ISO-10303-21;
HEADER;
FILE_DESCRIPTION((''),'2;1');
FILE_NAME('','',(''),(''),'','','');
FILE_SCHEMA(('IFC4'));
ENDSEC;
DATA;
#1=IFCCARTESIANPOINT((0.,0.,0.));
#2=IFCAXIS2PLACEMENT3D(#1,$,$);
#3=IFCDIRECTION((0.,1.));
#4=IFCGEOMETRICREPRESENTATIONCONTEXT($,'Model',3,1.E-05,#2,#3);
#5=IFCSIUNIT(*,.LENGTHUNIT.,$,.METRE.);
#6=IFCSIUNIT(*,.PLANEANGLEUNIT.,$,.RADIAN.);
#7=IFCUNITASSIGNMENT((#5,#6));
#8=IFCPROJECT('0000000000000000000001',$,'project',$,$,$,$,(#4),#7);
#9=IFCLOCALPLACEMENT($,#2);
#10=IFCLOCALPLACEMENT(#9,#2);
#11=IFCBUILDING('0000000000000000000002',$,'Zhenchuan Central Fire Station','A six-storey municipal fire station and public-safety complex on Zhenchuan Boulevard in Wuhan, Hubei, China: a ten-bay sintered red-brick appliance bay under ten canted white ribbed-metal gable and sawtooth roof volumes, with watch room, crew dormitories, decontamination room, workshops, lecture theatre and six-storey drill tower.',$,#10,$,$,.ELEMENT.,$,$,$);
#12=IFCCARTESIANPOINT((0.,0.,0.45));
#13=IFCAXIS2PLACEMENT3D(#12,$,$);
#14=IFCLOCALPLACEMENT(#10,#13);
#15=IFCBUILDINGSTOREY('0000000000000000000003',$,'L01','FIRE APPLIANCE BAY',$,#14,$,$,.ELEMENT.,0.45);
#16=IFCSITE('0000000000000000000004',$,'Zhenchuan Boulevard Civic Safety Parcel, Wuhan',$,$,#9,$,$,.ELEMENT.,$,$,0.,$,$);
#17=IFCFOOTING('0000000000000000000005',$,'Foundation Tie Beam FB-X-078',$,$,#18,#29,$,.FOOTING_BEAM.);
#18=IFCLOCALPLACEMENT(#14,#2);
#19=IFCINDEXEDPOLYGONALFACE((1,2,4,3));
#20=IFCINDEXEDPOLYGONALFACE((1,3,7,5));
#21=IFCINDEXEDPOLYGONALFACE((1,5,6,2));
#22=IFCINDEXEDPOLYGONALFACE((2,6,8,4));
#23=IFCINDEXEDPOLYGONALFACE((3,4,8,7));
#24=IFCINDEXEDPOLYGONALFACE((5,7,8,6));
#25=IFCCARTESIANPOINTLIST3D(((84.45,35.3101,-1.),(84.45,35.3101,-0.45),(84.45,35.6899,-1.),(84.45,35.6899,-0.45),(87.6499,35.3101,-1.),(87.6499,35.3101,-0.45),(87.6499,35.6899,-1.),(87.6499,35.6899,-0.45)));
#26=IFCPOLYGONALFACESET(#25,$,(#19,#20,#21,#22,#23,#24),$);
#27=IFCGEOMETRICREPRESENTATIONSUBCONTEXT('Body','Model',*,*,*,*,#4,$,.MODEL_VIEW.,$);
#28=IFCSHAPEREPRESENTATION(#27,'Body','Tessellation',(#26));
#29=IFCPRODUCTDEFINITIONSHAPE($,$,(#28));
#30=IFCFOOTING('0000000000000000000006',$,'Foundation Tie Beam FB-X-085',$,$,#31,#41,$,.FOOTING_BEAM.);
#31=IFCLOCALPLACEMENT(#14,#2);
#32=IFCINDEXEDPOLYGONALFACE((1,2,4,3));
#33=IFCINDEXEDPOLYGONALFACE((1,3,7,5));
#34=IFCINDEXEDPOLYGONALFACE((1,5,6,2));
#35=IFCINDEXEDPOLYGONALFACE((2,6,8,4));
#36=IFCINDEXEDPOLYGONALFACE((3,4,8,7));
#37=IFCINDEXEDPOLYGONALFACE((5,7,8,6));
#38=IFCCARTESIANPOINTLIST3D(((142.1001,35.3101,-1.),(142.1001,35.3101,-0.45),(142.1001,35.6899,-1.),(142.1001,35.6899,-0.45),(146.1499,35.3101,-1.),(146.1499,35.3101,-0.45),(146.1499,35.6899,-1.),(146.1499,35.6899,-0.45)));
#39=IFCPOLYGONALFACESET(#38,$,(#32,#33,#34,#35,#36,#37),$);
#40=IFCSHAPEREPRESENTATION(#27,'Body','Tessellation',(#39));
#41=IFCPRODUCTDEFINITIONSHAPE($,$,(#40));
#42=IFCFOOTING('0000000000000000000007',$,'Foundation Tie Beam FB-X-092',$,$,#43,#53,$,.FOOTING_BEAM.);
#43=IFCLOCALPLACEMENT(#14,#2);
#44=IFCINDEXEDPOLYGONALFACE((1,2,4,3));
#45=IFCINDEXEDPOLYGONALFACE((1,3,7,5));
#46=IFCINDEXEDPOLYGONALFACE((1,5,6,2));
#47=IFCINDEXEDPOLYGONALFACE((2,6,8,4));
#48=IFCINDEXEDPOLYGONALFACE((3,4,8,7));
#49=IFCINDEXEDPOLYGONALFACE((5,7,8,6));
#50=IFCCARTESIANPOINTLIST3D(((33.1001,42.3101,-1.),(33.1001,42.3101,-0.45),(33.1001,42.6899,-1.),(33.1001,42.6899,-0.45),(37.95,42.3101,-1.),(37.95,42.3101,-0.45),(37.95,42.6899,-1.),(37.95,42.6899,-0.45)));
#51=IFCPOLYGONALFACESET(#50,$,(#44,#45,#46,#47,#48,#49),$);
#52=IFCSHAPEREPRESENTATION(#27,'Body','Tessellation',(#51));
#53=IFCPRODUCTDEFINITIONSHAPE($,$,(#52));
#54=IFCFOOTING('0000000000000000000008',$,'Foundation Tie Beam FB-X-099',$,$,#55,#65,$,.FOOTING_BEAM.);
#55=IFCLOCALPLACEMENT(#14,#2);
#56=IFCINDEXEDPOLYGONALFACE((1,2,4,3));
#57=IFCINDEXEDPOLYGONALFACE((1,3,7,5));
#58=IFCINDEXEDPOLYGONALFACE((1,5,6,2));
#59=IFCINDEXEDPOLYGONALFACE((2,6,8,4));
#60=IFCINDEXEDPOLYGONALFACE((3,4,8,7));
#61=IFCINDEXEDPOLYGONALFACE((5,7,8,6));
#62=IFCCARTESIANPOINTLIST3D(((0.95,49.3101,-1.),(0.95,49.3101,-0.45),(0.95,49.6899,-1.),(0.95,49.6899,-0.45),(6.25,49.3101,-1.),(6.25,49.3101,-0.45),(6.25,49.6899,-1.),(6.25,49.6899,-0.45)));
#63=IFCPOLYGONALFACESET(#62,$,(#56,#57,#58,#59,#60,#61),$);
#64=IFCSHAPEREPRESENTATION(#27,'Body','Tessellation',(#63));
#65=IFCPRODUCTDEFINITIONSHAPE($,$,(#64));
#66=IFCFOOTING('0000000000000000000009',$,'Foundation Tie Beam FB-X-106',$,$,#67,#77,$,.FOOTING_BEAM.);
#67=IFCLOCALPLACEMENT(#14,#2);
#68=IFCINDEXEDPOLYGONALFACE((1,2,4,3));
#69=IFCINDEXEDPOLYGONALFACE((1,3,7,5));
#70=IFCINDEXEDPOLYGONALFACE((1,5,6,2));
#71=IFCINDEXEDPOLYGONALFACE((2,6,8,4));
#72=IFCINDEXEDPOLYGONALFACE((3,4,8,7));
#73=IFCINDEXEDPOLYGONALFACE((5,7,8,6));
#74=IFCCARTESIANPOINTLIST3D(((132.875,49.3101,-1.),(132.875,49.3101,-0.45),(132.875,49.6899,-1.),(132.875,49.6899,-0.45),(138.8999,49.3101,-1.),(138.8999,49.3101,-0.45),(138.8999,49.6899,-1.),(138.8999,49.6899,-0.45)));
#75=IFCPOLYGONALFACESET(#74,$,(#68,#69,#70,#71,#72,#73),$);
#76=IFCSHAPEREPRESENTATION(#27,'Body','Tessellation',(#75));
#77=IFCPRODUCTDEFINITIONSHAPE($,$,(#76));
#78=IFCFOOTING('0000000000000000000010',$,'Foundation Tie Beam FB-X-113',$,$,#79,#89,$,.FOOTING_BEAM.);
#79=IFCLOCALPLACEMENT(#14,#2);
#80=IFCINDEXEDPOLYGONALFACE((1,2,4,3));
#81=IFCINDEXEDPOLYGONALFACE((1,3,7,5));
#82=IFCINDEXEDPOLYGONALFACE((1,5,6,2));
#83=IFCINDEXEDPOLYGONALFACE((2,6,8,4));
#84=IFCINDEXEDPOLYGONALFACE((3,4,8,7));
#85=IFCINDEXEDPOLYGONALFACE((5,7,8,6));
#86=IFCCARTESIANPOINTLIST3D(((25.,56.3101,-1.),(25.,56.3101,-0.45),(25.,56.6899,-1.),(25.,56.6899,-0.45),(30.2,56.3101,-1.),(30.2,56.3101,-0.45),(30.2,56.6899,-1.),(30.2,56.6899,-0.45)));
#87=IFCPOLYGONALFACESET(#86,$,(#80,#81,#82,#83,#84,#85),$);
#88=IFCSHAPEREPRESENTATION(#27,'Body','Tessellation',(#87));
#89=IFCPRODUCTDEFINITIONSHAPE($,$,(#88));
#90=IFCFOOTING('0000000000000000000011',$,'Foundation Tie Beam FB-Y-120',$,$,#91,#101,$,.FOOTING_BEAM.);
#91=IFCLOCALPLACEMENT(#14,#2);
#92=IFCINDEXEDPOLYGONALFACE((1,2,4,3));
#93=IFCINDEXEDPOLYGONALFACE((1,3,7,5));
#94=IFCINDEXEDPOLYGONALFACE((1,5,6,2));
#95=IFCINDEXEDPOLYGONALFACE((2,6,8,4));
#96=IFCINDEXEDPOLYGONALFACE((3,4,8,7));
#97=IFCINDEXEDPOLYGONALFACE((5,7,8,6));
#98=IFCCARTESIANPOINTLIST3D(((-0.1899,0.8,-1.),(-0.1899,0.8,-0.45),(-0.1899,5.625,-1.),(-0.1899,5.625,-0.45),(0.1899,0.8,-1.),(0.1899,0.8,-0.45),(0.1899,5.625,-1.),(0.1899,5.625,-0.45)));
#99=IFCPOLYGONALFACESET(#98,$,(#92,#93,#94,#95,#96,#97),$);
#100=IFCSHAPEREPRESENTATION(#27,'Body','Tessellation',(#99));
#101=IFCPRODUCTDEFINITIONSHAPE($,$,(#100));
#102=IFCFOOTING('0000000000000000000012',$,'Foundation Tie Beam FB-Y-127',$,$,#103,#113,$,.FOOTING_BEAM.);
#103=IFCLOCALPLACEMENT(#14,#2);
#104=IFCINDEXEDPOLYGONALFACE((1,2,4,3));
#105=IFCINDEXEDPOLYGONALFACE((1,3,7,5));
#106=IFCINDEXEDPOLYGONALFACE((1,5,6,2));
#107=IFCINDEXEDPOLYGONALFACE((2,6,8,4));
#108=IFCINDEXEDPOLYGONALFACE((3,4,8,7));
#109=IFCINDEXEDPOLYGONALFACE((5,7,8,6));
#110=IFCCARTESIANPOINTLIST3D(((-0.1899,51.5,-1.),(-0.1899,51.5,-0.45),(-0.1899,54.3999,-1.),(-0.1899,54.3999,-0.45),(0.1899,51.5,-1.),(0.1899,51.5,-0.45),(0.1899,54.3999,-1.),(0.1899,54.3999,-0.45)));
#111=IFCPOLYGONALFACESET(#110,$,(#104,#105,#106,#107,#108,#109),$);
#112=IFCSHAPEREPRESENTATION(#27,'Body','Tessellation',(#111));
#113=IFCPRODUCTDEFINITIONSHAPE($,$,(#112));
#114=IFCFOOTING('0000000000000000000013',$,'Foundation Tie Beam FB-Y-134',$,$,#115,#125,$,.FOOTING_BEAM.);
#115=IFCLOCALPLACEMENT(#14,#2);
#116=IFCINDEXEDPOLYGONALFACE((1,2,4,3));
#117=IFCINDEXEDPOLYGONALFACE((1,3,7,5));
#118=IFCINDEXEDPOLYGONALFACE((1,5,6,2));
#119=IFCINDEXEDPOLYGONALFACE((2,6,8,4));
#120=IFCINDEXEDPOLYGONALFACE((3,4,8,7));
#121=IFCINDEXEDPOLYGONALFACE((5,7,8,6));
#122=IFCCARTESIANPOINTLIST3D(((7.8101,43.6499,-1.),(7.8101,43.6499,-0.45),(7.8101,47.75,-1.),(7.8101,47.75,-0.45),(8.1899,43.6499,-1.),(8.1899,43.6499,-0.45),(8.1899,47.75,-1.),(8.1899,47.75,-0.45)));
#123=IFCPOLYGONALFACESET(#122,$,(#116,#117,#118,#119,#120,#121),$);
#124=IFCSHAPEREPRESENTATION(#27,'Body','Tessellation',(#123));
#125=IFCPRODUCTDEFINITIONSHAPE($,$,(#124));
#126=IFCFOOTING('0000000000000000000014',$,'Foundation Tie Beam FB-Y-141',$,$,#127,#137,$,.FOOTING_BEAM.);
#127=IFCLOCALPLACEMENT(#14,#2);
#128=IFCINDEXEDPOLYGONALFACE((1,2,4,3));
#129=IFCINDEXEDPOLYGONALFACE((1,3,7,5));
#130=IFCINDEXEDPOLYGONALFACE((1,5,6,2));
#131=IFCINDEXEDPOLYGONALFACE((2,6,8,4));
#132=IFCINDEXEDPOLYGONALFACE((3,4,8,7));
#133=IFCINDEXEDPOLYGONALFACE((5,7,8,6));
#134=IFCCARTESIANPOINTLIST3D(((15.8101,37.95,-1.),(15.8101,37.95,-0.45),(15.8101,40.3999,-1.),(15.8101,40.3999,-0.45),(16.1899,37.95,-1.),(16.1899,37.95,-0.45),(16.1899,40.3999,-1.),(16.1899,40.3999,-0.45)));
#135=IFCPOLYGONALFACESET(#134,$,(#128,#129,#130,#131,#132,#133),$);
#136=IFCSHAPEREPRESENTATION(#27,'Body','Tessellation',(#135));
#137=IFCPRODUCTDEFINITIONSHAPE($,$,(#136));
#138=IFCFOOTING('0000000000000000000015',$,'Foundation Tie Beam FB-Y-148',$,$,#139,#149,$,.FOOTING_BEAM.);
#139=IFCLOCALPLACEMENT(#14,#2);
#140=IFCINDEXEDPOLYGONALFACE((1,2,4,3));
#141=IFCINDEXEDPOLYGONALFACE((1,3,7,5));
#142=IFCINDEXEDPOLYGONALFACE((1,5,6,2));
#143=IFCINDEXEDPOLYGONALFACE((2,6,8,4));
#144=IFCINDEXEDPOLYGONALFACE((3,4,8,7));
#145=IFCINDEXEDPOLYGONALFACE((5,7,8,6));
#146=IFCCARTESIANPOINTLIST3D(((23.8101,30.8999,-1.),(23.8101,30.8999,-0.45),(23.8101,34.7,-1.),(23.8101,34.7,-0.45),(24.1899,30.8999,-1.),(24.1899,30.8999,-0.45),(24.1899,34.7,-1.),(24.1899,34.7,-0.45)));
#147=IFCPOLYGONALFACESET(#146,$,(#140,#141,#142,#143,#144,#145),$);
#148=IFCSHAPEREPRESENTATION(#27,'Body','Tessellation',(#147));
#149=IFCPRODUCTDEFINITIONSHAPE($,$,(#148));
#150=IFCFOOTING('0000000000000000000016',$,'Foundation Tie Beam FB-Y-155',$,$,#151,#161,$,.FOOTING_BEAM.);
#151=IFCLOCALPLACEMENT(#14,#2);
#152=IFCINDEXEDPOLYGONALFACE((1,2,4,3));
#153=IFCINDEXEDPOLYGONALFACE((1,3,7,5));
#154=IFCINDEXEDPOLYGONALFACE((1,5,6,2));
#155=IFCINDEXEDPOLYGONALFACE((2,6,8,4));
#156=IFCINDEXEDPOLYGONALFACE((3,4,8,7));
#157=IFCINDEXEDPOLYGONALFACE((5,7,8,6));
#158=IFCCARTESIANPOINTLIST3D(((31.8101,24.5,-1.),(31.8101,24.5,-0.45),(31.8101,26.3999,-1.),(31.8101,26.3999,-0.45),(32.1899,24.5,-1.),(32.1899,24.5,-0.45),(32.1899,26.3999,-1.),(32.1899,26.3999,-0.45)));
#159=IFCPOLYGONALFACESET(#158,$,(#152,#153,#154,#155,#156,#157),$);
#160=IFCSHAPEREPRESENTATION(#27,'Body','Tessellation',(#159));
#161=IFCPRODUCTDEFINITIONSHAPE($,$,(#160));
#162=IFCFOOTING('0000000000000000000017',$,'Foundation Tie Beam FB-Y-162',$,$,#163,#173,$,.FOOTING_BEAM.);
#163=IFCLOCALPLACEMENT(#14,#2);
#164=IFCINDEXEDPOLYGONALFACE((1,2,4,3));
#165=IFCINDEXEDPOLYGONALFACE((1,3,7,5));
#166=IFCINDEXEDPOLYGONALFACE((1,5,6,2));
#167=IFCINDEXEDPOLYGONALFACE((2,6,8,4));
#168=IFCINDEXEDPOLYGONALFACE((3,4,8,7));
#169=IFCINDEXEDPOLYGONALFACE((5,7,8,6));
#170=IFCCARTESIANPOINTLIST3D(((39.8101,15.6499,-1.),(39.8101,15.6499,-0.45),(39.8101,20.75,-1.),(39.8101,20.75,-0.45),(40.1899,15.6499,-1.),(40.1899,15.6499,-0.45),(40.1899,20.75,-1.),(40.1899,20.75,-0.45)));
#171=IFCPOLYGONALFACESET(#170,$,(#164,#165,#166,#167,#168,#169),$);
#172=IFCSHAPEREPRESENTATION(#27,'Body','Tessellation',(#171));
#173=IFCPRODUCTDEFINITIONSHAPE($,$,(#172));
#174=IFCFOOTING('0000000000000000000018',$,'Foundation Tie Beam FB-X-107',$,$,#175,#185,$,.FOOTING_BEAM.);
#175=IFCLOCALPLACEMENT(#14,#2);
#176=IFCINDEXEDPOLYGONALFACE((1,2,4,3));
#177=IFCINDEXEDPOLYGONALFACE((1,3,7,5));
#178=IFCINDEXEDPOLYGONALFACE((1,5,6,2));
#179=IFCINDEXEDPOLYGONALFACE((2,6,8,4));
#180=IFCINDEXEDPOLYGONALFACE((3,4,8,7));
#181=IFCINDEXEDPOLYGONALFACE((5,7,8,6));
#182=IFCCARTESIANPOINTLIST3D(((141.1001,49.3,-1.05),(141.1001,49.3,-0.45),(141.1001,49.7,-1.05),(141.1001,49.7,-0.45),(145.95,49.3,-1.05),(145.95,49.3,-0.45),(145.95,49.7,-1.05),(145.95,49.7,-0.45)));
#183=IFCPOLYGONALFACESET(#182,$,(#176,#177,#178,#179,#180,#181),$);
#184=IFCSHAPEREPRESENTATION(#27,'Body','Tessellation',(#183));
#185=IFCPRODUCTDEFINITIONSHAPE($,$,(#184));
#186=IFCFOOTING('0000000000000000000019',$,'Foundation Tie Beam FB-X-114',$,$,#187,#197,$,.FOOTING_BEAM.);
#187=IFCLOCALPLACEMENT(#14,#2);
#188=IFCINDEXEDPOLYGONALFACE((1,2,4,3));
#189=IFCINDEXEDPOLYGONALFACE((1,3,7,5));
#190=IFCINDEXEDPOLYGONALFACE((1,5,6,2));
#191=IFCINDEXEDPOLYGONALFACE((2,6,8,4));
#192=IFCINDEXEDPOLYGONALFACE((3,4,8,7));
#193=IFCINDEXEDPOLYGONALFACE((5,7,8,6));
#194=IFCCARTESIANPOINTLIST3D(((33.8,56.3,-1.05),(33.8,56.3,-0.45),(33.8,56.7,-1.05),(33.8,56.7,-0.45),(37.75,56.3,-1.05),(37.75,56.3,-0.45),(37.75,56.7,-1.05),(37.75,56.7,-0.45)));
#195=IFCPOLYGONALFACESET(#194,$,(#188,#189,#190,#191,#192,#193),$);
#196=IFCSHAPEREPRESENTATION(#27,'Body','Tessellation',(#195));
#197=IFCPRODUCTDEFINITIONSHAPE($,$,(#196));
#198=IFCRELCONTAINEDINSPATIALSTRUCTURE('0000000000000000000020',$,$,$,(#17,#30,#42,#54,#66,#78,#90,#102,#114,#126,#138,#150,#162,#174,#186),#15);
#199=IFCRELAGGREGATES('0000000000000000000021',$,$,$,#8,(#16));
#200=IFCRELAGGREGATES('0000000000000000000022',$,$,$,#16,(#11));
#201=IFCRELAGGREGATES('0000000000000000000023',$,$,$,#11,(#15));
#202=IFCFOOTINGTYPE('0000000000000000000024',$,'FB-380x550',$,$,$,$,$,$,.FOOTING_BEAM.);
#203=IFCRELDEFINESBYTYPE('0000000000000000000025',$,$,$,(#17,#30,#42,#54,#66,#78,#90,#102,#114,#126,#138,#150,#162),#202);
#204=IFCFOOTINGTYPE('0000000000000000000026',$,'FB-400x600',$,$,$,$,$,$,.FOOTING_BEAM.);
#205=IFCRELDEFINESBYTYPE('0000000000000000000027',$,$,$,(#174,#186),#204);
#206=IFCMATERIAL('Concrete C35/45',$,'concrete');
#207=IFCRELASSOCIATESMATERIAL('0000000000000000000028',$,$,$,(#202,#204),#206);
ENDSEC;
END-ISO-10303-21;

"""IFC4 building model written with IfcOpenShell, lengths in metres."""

from ifc_helpers import new_model, si_unit, direction, frame, origin, place, context, subcontext, project, spatial, polyline, outline, extrude, material, type_object, element, save


model = new_model("IFC4")

# Units and contexts
model_context = context("Model", 3, precision=1e-05, world=origin(), true_north=direction((0.0, 1.0)))
body_context = subcontext(model_context, "Body", "Model", "MODEL_VIEW")
ifc_project = project(units=[si_unit("LENGTHUNIT", "METRE"), si_unit("PLANEANGLEUNIT", "RADIAN")], contexts=[model_context])

# Site, building, storey
site_placement = place(None, origin())
site = spatial("IfcSite", under=ifc_project, at=site_placement, Name="Zhenchuan Boulevard Civic Safety Parcel, Wuhan", CompositionType="ELEMENT", RefElevation=0.0)
building_placement = place(site_placement, origin())
building = spatial("IfcBuilding", under=site, at=building_placement, Name="Zhenchuan Central Fire Station", Description="A six-storey municipal fire station and public-safety complex on Zhenchuan Boulevard in Wuhan, Hubei, China: a ten-bay sintered red-brick appliance bay under ten canted white ribbed-metal gable and sawtooth roof volumes, with watch room, crew dormitories, decontamination room, workshops, lecture theatre and six-storey drill tower.", CompositionType="ELEMENT")
storey_placement = place(building_placement, frame((0.0, 0.0, 0.45)))
storey = spatial("IfcBuildingStorey", under=building, at=storey_placement, Name="L01", Description="FIRE APPLIANCE BAY", CompositionType="ELEMENT", Elevation=0.45)

# Footings
ifc_material = material(Name="Concrete C35/45", Category="concrete")
footing_type_1 = type_object("IfcFootingType", Name="FB-380x550", PredefinedType="FOOTING_BEAM", material=ifc_material)
footing_1_placement = place(storey_placement, frame((0.0, 0.0, -1.0)))
element("IfcFooting", 1, at=footing_1_placement, inside=storey, type_object=footing_type_1, Name="Foundation Tie Beam FB-X-078", PredefinedType="FOOTING_BEAM", context=body_context, shape_type="SweptSolid", body=[
    extrude(outline(polyline([(84.45, 35.3101), (87.6499, 35.3101), (87.6499, 35.6899), (84.45, 35.6899), (84.45, 35.3101)])), origin(), (0.0, 0.0, 1.0), 0.55),
])
footing_2_placement = place(storey_placement, frame((0.0, 0.0, -1.0)))
element("IfcFooting", 2, at=footing_2_placement, inside=storey, type_object=footing_type_1, Name="Foundation Tie Beam FB-X-085", PredefinedType="FOOTING_BEAM", context=body_context, shape_type="SweptSolid", body=[
    extrude(outline(polyline([(142.1001, 35.3101), (146.1499, 35.3101), (146.1499, 35.6899), (142.1001, 35.6899), (142.1001, 35.3101)])), origin(), (0.0, 0.0, 1.0), 0.55),
])
footing_3_placement = place(storey_placement, frame((0.0, 0.0, -1.0)))
element("IfcFooting", 3, at=footing_3_placement, inside=storey, type_object=footing_type_1, Name="Foundation Tie Beam FB-X-092", PredefinedType="FOOTING_BEAM", context=body_context, shape_type="SweptSolid", body=[
    extrude(outline(polyline([(33.1001, 42.3101), (37.95, 42.3101), (37.95, 42.6899), (33.1001, 42.6899), (33.1001, 42.3101)])), origin(), (0.0, 0.0, 1.0), 0.55),
])
footing_4_placement = place(storey_placement, frame((0.0, 0.0, -1.0)))
element("IfcFooting", 4, at=footing_4_placement, inside=storey, type_object=footing_type_1, Name="Foundation Tie Beam FB-X-099", PredefinedType="FOOTING_BEAM", context=body_context, shape_type="SweptSolid", body=[
    extrude(outline(polyline([(0.95, 49.3101), (6.25, 49.3101), (6.25, 49.6899), (0.95, 49.6899), (0.95, 49.3101)])), origin(), (0.0, 0.0, 1.0), 0.55),
])
footing_5_placement = place(storey_placement, frame((0.0, 0.0, -1.0)))
element("IfcFooting", 5, at=footing_5_placement, inside=storey, type_object=footing_type_1, Name="Foundation Tie Beam FB-X-106", PredefinedType="FOOTING_BEAM", context=body_context, shape_type="SweptSolid", body=[
    extrude(outline(polyline([(132.875, 49.3101), (138.8999, 49.3101), (138.8999, 49.6899), (132.875, 49.6899), (132.875, 49.3101)])), origin(), (0.0, 0.0, 1.0), 0.55),
])
footing_6_placement = place(storey_placement, frame((0.0, 0.0, -1.0)))
element("IfcFooting", 6, at=footing_6_placement, inside=storey, type_object=footing_type_1, Name="Foundation Tie Beam FB-X-113", PredefinedType="FOOTING_BEAM", context=body_context, shape_type="SweptSolid", body=[
    extrude(outline(polyline([(25.0, 56.3101), (30.2, 56.3101), (30.2, 56.6899), (25.0, 56.6899), (25.0, 56.3101)])), origin(), (0.0, 0.0, 1.0), 0.55),
])
footing_7_placement = place(storey_placement, frame((0.0, 0.0, -1.0)))
element("IfcFooting", 7, at=footing_7_placement, inside=storey, type_object=footing_type_1, Name="Foundation Tie Beam FB-Y-120", PredefinedType="FOOTING_BEAM", context=body_context, shape_type="SweptSolid", body=[
    extrude(outline(polyline([(-0.1899, 0.8), (0.1899, 0.8), (0.1899, 5.625), (-0.1899, 5.625), (-0.1899, 0.8)])), origin(), (0.0, 0.0, 1.0), 0.55),
])
footing_8_placement = place(storey_placement, frame((0.0, 0.0, -1.0)))
element("IfcFooting", 8, at=footing_8_placement, inside=storey, type_object=footing_type_1, Name="Foundation Tie Beam FB-Y-127", PredefinedType="FOOTING_BEAM", context=body_context, shape_type="SweptSolid", body=[
    extrude(outline(polyline([(-0.1899, 51.5), (0.1899, 51.5), (0.1899, 54.3999), (-0.1899, 54.3999), (-0.1899, 51.5)])), origin(), (0.0, 0.0, 1.0), 0.55),
])
footing_9_placement = place(storey_placement, frame((0.0, 0.0, -1.0)))
element("IfcFooting", 9, at=footing_9_placement, inside=storey, type_object=footing_type_1, Name="Foundation Tie Beam FB-Y-134", PredefinedType="FOOTING_BEAM", context=body_context, shape_type="SweptSolid", body=[
    extrude(outline(polyline([(7.8101, 43.6499), (8.1899, 43.6499), (8.1899, 47.75), (7.8101, 47.75), (7.8101, 43.6499)])), origin(), (0.0, 0.0, 1.0), 0.55),
])
footing_10_placement = place(storey_placement, frame((0.0, 0.0, -1.0)))
element("IfcFooting", 10, at=footing_10_placement, inside=storey, type_object=footing_type_1, Name="Foundation Tie Beam FB-Y-141", PredefinedType="FOOTING_BEAM", context=body_context, shape_type="SweptSolid", body=[
    extrude(outline(polyline([(15.8101, 37.95), (16.1899, 37.95), (16.1899, 40.3999), (15.8101, 40.3999), (15.8101, 37.95)])), origin(), (0.0, 0.0, 1.0), 0.55),
])
footing_11_placement = place(storey_placement, frame((0.0, 0.0, -1.0)))
element("IfcFooting", 11, at=footing_11_placement, inside=storey, type_object=footing_type_1, Name="Foundation Tie Beam FB-Y-148", PredefinedType="FOOTING_BEAM", context=body_context, shape_type="SweptSolid", body=[
    extrude(outline(polyline([(23.8101, 30.8999), (24.1899, 30.8999), (24.1899, 34.7), (23.8101, 34.7), (23.8101, 30.8999)])), origin(), (0.0, 0.0, 1.0), 0.55),
])
footing_12_placement = place(storey_placement, frame((0.0, 0.0, -1.0)))
element("IfcFooting", 12, at=footing_12_placement, inside=storey, type_object=footing_type_1, Name="Foundation Tie Beam FB-Y-155", PredefinedType="FOOTING_BEAM", context=body_context, shape_type="SweptSolid", body=[
    extrude(outline(polyline([(31.8101, 24.5), (32.1899, 24.5), (32.1899, 26.3999), (31.8101, 26.3999), (31.8101, 24.5)])), origin(), (0.0, 0.0, 1.0), 0.55),
])
footing_13_placement = place(storey_placement, frame((0.0, 0.0, -1.0)))
element("IfcFooting", 13, at=footing_13_placement, inside=storey, type_object=footing_type_1, Name="Foundation Tie Beam FB-Y-162", PredefinedType="FOOTING_BEAM", context=body_context, shape_type="SweptSolid", body=[
    extrude(outline(polyline([(39.8101, 15.6499), (40.1899, 15.6499), (40.1899, 20.75), (39.8101, 20.75), (39.8101, 15.6499)])), origin(), (0.0, 0.0, 1.0), 0.55),
])
footing_type_2 = type_object("IfcFootingType", Name="FB-400x600", PredefinedType="FOOTING_BEAM", material=ifc_material)
footing_14_placement = place(storey_placement, frame((0.0, 0.0, -1.05)))
element("IfcFooting", 14, at=footing_14_placement, inside=storey, type_object=footing_type_2, Name="Foundation Tie Beam FB-X-107", PredefinedType="FOOTING_BEAM", context=body_context, shape_type="SweptSolid", body=[
    extrude(outline(polyline([(141.1001, 49.3), (145.95, 49.3), (145.95, 49.7), (141.1001, 49.7), (141.1001, 49.3)])), origin(), (0.0, 0.0, 1.0), 0.6001),
])
footing_15_placement = place(storey_placement, frame((0.0, 0.0, -1.05)))
element("IfcFooting", 15, at=footing_15_placement, inside=storey, type_object=footing_type_2, Name="Foundation Tie Beam FB-X-114", PredefinedType="FOOTING_BEAM", context=body_context, shape_type="SweptSolid", body=[
    extrude(outline(polyline([(33.8, 56.3), (37.75, 56.3), (37.75, 56.7), (33.8, 56.7), (33.8, 56.3)])), origin(), (0.0, 0.0, 1.0), 0.6001),
])

save(model, "model.ifc")
